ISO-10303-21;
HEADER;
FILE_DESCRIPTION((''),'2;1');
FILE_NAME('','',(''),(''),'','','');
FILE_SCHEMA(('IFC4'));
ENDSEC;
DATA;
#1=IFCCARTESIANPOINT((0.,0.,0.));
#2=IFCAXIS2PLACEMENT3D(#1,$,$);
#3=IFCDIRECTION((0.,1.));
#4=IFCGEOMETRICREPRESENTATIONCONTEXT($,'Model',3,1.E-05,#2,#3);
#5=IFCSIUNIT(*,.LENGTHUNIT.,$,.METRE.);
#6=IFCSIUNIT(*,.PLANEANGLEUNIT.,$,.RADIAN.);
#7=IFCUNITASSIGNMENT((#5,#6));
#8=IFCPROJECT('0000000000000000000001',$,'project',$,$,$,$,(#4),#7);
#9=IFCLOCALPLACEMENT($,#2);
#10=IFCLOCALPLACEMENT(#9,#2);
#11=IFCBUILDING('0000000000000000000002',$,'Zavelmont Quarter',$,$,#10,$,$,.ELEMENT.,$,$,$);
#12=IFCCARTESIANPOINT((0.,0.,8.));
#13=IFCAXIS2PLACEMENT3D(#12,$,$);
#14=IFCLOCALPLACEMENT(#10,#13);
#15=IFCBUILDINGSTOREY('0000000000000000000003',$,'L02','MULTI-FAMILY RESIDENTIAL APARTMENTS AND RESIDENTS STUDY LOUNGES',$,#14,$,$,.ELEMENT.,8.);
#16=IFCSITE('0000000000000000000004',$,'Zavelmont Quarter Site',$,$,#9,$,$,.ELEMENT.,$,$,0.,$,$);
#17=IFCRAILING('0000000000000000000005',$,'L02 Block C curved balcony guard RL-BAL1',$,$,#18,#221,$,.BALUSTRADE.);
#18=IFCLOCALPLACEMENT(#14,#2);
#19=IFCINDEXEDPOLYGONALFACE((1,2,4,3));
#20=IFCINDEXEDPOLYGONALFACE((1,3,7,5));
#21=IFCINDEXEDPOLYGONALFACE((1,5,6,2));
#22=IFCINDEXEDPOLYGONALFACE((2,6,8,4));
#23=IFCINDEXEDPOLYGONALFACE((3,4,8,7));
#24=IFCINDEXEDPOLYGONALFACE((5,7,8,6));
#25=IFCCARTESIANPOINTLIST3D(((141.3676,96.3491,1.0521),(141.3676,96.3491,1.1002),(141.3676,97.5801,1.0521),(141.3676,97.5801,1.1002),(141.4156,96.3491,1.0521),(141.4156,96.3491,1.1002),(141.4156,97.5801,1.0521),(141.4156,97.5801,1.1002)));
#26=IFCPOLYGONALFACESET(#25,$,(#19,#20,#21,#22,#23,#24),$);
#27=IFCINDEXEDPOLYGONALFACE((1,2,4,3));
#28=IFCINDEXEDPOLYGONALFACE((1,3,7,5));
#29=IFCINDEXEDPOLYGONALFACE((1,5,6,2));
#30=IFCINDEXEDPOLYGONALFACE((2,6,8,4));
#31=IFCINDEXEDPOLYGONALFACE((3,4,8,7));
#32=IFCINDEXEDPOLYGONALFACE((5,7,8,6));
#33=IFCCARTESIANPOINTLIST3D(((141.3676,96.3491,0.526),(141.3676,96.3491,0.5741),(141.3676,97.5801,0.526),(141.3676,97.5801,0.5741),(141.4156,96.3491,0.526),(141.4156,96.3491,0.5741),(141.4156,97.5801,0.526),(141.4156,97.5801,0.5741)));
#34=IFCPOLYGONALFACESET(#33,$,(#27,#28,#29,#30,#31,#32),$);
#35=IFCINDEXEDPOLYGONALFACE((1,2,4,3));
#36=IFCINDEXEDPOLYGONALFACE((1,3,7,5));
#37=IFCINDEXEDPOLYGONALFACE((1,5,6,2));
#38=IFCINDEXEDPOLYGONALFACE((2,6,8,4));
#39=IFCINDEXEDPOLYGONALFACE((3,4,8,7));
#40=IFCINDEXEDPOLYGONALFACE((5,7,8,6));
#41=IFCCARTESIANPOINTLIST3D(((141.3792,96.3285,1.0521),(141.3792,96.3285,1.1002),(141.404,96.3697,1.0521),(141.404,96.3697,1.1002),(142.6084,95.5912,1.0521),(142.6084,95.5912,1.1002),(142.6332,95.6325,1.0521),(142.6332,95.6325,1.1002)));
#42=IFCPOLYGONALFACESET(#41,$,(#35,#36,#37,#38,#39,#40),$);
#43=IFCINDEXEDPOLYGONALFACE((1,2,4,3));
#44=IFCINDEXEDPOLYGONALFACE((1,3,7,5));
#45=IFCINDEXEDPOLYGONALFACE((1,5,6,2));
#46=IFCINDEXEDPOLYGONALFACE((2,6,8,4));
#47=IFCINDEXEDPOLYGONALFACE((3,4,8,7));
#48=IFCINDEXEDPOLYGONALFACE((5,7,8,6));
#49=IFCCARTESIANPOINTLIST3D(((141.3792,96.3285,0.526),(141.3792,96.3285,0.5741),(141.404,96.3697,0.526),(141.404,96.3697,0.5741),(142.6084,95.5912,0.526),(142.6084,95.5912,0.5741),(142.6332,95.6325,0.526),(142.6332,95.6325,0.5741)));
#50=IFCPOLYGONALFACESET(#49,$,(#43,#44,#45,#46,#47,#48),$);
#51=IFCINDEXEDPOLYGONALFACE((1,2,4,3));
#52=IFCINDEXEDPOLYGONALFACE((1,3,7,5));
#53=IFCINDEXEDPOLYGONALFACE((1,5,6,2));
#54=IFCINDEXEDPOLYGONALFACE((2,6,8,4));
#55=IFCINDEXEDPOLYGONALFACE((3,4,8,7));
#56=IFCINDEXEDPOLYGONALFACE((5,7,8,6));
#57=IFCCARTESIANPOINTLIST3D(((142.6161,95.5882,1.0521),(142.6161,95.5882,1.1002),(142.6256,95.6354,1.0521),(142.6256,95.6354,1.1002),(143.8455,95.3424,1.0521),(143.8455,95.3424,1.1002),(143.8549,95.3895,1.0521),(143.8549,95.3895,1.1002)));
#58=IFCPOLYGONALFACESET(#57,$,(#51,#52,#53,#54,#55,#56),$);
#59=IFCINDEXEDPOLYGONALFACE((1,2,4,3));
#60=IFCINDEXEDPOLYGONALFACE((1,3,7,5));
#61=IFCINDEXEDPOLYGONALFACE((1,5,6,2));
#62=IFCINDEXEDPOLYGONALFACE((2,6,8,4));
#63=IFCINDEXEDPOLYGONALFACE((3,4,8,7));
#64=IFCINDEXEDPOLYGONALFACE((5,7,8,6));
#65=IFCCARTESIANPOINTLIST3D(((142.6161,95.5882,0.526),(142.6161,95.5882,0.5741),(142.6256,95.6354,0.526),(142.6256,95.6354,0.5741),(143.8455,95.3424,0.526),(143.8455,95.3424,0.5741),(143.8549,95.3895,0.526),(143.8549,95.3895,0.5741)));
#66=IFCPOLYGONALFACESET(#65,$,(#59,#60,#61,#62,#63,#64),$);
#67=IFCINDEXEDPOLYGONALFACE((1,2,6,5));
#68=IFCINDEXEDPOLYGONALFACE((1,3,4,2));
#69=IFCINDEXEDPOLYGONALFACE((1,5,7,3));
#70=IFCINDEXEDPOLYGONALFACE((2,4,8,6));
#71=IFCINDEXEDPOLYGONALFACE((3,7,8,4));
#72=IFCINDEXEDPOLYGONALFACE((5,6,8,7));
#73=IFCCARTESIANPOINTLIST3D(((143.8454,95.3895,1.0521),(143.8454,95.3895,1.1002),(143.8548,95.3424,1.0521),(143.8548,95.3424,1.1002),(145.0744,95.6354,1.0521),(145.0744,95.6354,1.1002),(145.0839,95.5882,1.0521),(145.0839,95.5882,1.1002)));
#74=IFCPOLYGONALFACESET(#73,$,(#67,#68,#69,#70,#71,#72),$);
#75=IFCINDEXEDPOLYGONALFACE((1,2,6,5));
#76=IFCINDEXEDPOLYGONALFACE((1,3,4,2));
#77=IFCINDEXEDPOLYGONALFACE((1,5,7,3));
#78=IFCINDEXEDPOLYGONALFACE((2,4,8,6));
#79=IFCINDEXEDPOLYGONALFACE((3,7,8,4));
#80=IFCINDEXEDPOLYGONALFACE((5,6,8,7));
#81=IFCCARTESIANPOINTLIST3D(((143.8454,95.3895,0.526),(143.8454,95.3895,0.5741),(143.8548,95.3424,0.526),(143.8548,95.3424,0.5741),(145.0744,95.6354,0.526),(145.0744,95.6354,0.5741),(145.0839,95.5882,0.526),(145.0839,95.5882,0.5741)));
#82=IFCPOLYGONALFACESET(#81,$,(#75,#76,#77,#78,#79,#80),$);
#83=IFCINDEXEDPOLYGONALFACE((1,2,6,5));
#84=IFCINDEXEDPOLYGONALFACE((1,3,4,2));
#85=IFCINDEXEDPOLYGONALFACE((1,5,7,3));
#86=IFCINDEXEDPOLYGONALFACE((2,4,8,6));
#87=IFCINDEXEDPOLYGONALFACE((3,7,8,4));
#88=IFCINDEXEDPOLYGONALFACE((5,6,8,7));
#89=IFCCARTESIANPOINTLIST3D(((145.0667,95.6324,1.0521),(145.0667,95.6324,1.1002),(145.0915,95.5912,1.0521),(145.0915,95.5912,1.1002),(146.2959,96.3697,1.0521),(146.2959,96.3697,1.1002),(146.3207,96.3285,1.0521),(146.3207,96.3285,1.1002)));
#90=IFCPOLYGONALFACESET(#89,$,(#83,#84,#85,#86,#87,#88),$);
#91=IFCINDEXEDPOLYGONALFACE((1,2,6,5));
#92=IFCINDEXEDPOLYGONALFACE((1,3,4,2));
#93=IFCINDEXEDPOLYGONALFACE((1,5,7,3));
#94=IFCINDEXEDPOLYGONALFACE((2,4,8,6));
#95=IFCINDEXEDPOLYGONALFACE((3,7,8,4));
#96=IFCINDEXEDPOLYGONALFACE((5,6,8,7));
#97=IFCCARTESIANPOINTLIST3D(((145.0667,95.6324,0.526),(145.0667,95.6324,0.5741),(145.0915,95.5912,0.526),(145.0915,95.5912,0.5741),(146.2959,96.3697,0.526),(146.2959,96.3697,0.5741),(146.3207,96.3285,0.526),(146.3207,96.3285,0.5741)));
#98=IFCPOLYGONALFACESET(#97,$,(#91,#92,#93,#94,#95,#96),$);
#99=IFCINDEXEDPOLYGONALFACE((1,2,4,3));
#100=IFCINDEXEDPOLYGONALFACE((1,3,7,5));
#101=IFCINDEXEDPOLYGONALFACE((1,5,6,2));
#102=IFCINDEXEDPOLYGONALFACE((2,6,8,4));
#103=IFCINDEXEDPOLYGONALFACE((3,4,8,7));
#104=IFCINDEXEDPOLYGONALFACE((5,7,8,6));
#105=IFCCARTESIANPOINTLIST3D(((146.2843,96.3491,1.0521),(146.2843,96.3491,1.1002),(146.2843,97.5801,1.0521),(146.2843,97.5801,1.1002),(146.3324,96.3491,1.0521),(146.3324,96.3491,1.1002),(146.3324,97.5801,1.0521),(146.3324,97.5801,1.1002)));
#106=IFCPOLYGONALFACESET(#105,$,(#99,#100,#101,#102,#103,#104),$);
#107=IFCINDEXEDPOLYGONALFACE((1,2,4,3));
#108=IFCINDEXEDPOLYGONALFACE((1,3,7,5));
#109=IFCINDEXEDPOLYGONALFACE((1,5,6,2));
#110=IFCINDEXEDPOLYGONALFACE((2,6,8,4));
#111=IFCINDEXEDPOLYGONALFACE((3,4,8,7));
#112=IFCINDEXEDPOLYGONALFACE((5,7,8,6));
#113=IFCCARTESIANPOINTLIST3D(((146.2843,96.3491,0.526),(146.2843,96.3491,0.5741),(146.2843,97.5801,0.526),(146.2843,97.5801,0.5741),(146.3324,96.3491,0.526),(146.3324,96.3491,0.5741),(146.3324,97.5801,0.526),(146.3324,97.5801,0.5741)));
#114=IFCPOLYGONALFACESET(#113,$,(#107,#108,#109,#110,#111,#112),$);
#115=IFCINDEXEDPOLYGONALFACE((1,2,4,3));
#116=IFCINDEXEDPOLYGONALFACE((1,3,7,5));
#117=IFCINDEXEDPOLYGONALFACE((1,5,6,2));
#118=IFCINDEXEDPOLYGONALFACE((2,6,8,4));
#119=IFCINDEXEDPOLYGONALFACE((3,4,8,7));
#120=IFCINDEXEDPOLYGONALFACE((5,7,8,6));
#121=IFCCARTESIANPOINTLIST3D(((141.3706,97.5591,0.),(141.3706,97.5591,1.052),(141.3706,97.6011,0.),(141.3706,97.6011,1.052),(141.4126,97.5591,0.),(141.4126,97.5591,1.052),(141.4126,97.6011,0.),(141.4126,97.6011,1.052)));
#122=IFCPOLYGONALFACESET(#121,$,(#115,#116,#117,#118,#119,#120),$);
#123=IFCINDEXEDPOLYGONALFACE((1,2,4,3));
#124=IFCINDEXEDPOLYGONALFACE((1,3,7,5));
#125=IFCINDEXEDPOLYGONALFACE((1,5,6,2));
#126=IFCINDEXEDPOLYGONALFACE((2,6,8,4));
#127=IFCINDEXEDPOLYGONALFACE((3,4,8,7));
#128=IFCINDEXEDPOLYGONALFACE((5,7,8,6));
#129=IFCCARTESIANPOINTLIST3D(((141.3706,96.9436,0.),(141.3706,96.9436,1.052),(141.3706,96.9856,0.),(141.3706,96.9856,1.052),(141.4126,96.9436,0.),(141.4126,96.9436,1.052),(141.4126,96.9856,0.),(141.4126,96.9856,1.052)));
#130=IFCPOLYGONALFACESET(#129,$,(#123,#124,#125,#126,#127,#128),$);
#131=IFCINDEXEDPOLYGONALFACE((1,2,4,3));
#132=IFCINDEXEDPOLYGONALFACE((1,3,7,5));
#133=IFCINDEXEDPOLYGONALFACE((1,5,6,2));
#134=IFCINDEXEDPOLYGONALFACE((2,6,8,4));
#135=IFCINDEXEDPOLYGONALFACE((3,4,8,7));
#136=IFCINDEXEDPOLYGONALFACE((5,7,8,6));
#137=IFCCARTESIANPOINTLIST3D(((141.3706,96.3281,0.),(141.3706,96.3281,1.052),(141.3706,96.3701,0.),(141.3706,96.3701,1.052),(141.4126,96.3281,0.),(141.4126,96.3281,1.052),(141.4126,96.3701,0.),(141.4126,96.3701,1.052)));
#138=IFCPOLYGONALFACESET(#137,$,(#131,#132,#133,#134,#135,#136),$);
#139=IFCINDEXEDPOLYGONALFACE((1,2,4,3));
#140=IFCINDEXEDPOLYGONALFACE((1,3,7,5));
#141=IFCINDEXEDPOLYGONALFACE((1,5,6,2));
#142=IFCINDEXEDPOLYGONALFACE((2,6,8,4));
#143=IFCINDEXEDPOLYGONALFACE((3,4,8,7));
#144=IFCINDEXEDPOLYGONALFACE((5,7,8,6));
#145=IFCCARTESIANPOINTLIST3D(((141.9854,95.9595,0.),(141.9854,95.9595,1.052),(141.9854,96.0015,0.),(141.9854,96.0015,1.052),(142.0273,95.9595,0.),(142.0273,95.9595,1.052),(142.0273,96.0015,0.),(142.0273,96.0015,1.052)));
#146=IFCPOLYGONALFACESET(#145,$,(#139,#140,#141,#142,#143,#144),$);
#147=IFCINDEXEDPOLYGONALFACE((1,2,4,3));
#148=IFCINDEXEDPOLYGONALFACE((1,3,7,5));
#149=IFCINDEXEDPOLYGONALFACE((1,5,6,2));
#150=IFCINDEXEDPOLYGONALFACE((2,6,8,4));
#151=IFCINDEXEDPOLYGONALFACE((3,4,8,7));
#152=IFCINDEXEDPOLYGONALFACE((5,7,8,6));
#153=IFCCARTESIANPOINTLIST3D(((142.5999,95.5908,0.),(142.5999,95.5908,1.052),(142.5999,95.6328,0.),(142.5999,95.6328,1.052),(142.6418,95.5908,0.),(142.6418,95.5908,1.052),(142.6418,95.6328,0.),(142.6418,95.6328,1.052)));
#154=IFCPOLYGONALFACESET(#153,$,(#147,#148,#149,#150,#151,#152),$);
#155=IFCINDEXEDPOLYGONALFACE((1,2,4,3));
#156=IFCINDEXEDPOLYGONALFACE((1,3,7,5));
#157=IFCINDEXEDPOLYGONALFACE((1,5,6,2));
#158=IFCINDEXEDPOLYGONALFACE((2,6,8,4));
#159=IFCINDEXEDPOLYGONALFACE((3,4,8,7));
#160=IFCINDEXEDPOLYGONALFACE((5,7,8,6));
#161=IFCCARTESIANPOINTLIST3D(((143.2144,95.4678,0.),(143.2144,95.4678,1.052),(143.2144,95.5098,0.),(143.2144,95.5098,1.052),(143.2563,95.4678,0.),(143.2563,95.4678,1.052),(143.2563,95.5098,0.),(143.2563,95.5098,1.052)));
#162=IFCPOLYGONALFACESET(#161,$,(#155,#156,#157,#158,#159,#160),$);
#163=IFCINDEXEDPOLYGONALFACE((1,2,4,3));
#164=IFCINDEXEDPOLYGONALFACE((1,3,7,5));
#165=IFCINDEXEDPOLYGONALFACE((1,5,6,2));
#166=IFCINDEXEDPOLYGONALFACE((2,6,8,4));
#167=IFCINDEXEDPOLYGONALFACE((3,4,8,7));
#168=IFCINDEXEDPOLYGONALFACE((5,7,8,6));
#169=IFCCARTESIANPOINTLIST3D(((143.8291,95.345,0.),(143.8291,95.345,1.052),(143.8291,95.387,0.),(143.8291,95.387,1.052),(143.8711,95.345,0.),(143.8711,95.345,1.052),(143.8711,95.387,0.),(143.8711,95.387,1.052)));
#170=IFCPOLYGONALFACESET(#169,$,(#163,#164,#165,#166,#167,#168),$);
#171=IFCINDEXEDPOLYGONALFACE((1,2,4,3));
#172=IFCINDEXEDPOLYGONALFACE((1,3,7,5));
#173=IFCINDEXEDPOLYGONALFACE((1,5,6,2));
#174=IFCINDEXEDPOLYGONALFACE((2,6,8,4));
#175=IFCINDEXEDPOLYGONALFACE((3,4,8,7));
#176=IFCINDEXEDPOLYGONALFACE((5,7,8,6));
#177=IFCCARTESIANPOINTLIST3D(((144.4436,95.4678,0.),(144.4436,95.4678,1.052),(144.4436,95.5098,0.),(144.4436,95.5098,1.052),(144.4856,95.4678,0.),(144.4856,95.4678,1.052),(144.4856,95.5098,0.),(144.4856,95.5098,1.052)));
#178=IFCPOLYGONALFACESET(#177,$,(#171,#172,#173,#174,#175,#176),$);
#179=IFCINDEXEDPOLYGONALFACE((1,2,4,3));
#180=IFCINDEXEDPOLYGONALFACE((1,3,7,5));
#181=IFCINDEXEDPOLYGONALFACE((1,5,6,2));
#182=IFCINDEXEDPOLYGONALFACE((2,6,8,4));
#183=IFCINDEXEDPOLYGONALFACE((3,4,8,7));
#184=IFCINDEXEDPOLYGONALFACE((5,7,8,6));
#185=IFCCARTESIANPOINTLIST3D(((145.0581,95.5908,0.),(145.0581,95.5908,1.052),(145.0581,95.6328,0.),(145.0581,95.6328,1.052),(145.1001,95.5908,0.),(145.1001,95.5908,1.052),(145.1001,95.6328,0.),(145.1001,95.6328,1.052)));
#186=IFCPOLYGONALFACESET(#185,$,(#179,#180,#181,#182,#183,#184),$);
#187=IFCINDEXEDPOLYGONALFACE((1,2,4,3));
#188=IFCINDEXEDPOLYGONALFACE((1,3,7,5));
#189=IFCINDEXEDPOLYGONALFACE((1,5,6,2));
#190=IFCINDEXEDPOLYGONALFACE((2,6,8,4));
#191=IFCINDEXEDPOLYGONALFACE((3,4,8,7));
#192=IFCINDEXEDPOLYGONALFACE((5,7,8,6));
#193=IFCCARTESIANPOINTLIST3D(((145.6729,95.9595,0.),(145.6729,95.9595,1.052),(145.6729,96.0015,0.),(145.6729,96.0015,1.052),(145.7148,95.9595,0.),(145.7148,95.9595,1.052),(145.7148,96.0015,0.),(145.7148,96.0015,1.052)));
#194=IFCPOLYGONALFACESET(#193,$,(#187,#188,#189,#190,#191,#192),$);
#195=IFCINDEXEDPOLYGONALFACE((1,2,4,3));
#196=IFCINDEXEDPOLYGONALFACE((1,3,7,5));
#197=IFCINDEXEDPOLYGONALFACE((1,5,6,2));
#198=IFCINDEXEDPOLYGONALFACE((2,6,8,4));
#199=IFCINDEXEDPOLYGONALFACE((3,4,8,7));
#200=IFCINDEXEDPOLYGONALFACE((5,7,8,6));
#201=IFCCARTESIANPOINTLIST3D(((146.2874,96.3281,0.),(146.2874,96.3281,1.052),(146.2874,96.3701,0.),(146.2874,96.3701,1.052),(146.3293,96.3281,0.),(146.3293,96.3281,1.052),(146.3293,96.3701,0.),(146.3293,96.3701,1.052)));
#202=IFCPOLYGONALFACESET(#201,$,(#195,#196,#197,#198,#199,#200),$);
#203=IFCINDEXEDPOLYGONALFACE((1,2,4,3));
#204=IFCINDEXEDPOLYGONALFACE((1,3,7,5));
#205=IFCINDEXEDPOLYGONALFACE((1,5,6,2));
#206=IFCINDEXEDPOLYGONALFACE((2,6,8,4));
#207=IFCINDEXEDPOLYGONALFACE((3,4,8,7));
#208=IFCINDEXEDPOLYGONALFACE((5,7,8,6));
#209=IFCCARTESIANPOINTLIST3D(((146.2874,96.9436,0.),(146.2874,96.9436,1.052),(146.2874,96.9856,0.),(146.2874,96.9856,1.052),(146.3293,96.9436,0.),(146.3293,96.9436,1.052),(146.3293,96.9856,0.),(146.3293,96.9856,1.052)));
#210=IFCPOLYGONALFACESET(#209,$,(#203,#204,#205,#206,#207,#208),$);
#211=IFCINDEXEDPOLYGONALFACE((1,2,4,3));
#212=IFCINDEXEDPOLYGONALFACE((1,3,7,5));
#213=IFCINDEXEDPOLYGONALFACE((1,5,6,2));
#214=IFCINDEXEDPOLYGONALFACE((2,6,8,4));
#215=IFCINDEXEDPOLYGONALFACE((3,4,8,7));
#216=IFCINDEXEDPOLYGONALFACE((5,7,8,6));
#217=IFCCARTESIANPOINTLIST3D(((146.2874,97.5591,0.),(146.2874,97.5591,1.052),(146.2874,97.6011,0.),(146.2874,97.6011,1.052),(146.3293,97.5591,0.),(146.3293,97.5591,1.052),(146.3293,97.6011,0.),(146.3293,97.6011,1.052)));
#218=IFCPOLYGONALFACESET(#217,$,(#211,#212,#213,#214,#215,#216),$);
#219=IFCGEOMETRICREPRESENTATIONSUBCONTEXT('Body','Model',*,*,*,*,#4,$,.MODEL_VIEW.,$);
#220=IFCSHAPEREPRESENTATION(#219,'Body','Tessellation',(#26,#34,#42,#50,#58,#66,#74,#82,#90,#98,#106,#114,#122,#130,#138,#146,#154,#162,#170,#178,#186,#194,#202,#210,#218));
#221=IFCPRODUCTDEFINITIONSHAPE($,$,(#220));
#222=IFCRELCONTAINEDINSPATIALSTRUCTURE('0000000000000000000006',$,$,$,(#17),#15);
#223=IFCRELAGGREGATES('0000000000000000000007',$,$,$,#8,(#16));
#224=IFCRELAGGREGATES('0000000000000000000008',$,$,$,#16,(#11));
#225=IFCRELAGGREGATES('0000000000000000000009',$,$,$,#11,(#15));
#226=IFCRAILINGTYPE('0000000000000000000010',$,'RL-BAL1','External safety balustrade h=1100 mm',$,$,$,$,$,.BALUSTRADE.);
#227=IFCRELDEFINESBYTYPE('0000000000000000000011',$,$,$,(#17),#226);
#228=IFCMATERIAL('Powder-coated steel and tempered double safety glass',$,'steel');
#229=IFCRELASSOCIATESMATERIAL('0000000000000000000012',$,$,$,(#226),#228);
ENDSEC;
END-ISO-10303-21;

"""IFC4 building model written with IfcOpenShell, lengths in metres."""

from ifc_helpers import new_model, si_unit, direction, frame, origin, origin_2d, place, context, subcontext, project, spatial, rectangle, extrude, material, type_object, element, save


model = new_model("IFC4")

# Units and contexts
model_context = context("Model", 3, precision=1e-05, world=origin(), true_north=direction((0.0, 1.0)))
body_context = subcontext(model_context, "Body", "Model", "MODEL_VIEW")
ifc_project = project(units=[si_unit("LENGTHUNIT", "METRE"), si_unit("PLANEANGLEUNIT", "RADIAN")], contexts=[model_context])

# Site, building, storey
site_placement = place(None, origin())
site = spatial("IfcSite", under=ifc_project, at=site_placement, Name="Zavelmont Quarter Site", CompositionType="ELEMENT", RefElevation=0.0)
building_placement = place(site_placement, origin())
building = spatial("IfcBuilding", under=site, at=building_placement, Name="Zavelmont Quarter", CompositionType="ELEMENT")
storey_placement = place(building_placement, frame((0.0, 0.0, 8.0)))
storey = spatial("IfcBuildingStorey", under=building, at=storey_placement, Name="L02", Description="MULTI-FAMILY RESIDENTIAL APARTMENTS AND RESIDENTS STUDY LOUNGES", CompositionType="ELEMENT", Elevation=8.0)

# Railing
ifc_material_1 = material(Name="Powder-coated steel and tempered double safety glass", Category="steel")
railing_type = type_object("IfcRailingType", Name="RL-BAL1", Description="External safety balustrade h=1100 mm", PredefinedType="BALUSTRADE", material=ifc_material_1)
railing_placement = place(storey_placement, frame((141.3916, 97.5801, 0.0)))
element("IfcRailing", 1, at=railing_placement, inside=storey, type_object=railing_type, Name="L02 Block C curved balcony guard RL-BAL1", PredefinedType="BALUSTRADE", context=body_context, shape_type="SweptSolid", body=[
    extrude(rectangle(XDim=0.0481, YDim=0.0481, at=origin_2d()), frame((0.0, 0.0, 1.0762), z_axis=(0.0, -1.0, 0.0), x_axis=(1.0, 0.0, 0.0)), (0.0, 0.0, 1.0), 1.231),
    extrude(rectangle(XDim=0.0481, YDim=0.0481, at=origin_2d()), frame((0.0, 0.0, 0.55), z_axis=(0.0, -1.0, 0.0), x_axis=(1.0, 0.0, 0.0)), (0.0, 0.0, 1.0), 1.231),
    extrude(rectangle(XDim=0.0481, YDim=0.0481, at=origin_2d()), frame((0.0, -1.231, 1.0762), z_axis=(0.857568, -0.514371, 0.0), x_axis=(0.514371, 0.857568, 0.0)), (0.0, 0.0, 1.0), 1.4333),
    extrude(rectangle(XDim=0.0481, YDim=0.0481, at=origin_2d()), frame((0.0, -1.231, 0.55), z_axis=(0.857568, -0.514371, 0.0), x_axis=(0.514371, 0.857568, 0.0)), (0.0, 0.0, 1.0), 1.4333),
    extrude(rectangle(XDim=0.0481, YDim=0.0481, at=origin_2d()), frame((1.2292, -1.9683, 1.0762), z_axis=(0.980581, -0.196116, 0.0), x_axis=(0.196116, 0.980581, 0.0)), (0.0, 0.0, 1.0), 1.2537),
    extrude(rectangle(XDim=0.0481, YDim=0.0481, at=origin_2d()), frame((1.2292, -1.9683, 0.55), z_axis=(0.980581, -0.196116, 0.0), x_axis=(0.196116, 0.980581, 0.0)), (0.0, 0.0, 1.0), 1.2537),
    extrude(rectangle(XDim=0.0481, YDim=0.0481, at=origin_2d()), frame((2.4585, -2.2141, 1.0762), z_axis=(0.980573, 0.196154, 0.0), x_axis=(-0.196154, 0.980573, 0.0)), (0.0, 0.0, 1.0), 1.2534),
    extrude(rectangle(XDim=0.0481, YDim=0.0481, at=origin_2d()), frame((2.4585, -2.2141, 0.55), z_axis=(0.980573, 0.196154, 0.0), x_axis=(-0.196154, 0.980573, 0.0)), (0.0, 0.0, 1.0), 1.2534),
    extrude(rectangle(XDim=0.0481, YDim=0.0481, at=origin_2d()), frame((3.6875, -1.9683, 1.0762), z_axis=(0.857568, 0.514371, 0.0), x_axis=(-0.514371, 0.857568, 0.0)), (0.0, 0.0, 1.0), 1.4333),
    extrude(rectangle(XDim=0.0481, YDim=0.0481, at=origin_2d()), frame((3.6875, -1.9683, 0.55), z_axis=(0.857568, 0.514371, 0.0), x_axis=(-0.514371, 0.857568, 0.0)), (0.0, 0.0, 1.0), 1.4333),
    extrude(rectangle(XDim=0.0481, YDim=0.0481, at=origin_2d()), frame((4.9167, -1.231, 1.0762), z_axis=(0.0, 1.0, 0.0), x_axis=(-1.0, 0.0, 0.0)), (0.0, 0.0, 1.0), 1.231),
    extrude(rectangle(XDim=0.0481, YDim=0.0481, at=origin_2d()), frame((4.9167, -1.231, 0.55), z_axis=(0.0, 1.0, 0.0), x_axis=(-1.0, 0.0, 0.0)), (0.0, 0.0, 1.0), 1.231),
    extrude(rectangle(XDim=0.042, YDim=0.042, at=origin_2d()), origin(), (0.0, 0.0, 1.0), 1.052),
    extrude(rectangle(XDim=0.042, YDim=0.042, at=origin_2d()), frame((0.0, -0.6155, 0.0)), (0.0, 0.0, 1.0), 1.052),
    extrude(rectangle(XDim=0.042, YDim=0.042, at=origin_2d()), frame((0.0, -1.231, 0.0)), (0.0, 0.0, 1.0), 1.052),
    extrude(rectangle(XDim=0.042, YDim=0.042, at=origin_2d()), frame((0.6147, -1.5996, 0.0)), (0.0, 0.0, 1.0), 1.052),
    extrude(rectangle(XDim=0.042, YDim=0.042, at=origin_2d()), frame((1.2292, -1.9683, 0.0)), (0.0, 0.0, 1.0), 1.052),
    extrude(rectangle(XDim=0.042, YDim=0.042, at=origin_2d()), frame((1.8438, -2.0913, 0.0)), (0.0, 0.0, 1.0), 1.052),
    extrude(rectangle(XDim=0.042, YDim=0.042, at=origin_2d()), frame((2.4585, -2.2141, 0.0)), (0.0, 0.0, 1.0), 1.052),
    extrude(rectangle(XDim=0.042, YDim=0.042, at=origin_2d()), frame((3.073, -2.0913, 0.0)), (0.0, 0.0, 1.0), 1.052),
    extrude(rectangle(XDim=0.042, YDim=0.042, at=origin_2d()), frame((3.6875, -1.9683, 0.0)), (0.0, 0.0, 1.0), 1.052),
    extrude(rectangle(XDim=0.042, YDim=0.042, at=origin_2d()), frame((4.3022, -1.5996, 0.0)), (0.0, 0.0, 1.0), 1.052),
    extrude(rectangle(XDim=0.042, YDim=0.042, at=origin_2d()), frame((4.9167, -1.231, 0.0)), (0.0, 0.0, 1.0), 1.052),
    extrude(rectangle(XDim=0.042, YDim=0.042, at=origin_2d()), frame((4.9167, -0.6155, 0.0)), (0.0, 0.0, 1.0), 1.052),
    extrude(rectangle(XDim=0.042, YDim=0.042, at=origin_2d()), frame((4.9167, 0.0, 0.0)), (0.0, 0.0, 1.0), 1.052),
])

save(model, "model.ifc")
